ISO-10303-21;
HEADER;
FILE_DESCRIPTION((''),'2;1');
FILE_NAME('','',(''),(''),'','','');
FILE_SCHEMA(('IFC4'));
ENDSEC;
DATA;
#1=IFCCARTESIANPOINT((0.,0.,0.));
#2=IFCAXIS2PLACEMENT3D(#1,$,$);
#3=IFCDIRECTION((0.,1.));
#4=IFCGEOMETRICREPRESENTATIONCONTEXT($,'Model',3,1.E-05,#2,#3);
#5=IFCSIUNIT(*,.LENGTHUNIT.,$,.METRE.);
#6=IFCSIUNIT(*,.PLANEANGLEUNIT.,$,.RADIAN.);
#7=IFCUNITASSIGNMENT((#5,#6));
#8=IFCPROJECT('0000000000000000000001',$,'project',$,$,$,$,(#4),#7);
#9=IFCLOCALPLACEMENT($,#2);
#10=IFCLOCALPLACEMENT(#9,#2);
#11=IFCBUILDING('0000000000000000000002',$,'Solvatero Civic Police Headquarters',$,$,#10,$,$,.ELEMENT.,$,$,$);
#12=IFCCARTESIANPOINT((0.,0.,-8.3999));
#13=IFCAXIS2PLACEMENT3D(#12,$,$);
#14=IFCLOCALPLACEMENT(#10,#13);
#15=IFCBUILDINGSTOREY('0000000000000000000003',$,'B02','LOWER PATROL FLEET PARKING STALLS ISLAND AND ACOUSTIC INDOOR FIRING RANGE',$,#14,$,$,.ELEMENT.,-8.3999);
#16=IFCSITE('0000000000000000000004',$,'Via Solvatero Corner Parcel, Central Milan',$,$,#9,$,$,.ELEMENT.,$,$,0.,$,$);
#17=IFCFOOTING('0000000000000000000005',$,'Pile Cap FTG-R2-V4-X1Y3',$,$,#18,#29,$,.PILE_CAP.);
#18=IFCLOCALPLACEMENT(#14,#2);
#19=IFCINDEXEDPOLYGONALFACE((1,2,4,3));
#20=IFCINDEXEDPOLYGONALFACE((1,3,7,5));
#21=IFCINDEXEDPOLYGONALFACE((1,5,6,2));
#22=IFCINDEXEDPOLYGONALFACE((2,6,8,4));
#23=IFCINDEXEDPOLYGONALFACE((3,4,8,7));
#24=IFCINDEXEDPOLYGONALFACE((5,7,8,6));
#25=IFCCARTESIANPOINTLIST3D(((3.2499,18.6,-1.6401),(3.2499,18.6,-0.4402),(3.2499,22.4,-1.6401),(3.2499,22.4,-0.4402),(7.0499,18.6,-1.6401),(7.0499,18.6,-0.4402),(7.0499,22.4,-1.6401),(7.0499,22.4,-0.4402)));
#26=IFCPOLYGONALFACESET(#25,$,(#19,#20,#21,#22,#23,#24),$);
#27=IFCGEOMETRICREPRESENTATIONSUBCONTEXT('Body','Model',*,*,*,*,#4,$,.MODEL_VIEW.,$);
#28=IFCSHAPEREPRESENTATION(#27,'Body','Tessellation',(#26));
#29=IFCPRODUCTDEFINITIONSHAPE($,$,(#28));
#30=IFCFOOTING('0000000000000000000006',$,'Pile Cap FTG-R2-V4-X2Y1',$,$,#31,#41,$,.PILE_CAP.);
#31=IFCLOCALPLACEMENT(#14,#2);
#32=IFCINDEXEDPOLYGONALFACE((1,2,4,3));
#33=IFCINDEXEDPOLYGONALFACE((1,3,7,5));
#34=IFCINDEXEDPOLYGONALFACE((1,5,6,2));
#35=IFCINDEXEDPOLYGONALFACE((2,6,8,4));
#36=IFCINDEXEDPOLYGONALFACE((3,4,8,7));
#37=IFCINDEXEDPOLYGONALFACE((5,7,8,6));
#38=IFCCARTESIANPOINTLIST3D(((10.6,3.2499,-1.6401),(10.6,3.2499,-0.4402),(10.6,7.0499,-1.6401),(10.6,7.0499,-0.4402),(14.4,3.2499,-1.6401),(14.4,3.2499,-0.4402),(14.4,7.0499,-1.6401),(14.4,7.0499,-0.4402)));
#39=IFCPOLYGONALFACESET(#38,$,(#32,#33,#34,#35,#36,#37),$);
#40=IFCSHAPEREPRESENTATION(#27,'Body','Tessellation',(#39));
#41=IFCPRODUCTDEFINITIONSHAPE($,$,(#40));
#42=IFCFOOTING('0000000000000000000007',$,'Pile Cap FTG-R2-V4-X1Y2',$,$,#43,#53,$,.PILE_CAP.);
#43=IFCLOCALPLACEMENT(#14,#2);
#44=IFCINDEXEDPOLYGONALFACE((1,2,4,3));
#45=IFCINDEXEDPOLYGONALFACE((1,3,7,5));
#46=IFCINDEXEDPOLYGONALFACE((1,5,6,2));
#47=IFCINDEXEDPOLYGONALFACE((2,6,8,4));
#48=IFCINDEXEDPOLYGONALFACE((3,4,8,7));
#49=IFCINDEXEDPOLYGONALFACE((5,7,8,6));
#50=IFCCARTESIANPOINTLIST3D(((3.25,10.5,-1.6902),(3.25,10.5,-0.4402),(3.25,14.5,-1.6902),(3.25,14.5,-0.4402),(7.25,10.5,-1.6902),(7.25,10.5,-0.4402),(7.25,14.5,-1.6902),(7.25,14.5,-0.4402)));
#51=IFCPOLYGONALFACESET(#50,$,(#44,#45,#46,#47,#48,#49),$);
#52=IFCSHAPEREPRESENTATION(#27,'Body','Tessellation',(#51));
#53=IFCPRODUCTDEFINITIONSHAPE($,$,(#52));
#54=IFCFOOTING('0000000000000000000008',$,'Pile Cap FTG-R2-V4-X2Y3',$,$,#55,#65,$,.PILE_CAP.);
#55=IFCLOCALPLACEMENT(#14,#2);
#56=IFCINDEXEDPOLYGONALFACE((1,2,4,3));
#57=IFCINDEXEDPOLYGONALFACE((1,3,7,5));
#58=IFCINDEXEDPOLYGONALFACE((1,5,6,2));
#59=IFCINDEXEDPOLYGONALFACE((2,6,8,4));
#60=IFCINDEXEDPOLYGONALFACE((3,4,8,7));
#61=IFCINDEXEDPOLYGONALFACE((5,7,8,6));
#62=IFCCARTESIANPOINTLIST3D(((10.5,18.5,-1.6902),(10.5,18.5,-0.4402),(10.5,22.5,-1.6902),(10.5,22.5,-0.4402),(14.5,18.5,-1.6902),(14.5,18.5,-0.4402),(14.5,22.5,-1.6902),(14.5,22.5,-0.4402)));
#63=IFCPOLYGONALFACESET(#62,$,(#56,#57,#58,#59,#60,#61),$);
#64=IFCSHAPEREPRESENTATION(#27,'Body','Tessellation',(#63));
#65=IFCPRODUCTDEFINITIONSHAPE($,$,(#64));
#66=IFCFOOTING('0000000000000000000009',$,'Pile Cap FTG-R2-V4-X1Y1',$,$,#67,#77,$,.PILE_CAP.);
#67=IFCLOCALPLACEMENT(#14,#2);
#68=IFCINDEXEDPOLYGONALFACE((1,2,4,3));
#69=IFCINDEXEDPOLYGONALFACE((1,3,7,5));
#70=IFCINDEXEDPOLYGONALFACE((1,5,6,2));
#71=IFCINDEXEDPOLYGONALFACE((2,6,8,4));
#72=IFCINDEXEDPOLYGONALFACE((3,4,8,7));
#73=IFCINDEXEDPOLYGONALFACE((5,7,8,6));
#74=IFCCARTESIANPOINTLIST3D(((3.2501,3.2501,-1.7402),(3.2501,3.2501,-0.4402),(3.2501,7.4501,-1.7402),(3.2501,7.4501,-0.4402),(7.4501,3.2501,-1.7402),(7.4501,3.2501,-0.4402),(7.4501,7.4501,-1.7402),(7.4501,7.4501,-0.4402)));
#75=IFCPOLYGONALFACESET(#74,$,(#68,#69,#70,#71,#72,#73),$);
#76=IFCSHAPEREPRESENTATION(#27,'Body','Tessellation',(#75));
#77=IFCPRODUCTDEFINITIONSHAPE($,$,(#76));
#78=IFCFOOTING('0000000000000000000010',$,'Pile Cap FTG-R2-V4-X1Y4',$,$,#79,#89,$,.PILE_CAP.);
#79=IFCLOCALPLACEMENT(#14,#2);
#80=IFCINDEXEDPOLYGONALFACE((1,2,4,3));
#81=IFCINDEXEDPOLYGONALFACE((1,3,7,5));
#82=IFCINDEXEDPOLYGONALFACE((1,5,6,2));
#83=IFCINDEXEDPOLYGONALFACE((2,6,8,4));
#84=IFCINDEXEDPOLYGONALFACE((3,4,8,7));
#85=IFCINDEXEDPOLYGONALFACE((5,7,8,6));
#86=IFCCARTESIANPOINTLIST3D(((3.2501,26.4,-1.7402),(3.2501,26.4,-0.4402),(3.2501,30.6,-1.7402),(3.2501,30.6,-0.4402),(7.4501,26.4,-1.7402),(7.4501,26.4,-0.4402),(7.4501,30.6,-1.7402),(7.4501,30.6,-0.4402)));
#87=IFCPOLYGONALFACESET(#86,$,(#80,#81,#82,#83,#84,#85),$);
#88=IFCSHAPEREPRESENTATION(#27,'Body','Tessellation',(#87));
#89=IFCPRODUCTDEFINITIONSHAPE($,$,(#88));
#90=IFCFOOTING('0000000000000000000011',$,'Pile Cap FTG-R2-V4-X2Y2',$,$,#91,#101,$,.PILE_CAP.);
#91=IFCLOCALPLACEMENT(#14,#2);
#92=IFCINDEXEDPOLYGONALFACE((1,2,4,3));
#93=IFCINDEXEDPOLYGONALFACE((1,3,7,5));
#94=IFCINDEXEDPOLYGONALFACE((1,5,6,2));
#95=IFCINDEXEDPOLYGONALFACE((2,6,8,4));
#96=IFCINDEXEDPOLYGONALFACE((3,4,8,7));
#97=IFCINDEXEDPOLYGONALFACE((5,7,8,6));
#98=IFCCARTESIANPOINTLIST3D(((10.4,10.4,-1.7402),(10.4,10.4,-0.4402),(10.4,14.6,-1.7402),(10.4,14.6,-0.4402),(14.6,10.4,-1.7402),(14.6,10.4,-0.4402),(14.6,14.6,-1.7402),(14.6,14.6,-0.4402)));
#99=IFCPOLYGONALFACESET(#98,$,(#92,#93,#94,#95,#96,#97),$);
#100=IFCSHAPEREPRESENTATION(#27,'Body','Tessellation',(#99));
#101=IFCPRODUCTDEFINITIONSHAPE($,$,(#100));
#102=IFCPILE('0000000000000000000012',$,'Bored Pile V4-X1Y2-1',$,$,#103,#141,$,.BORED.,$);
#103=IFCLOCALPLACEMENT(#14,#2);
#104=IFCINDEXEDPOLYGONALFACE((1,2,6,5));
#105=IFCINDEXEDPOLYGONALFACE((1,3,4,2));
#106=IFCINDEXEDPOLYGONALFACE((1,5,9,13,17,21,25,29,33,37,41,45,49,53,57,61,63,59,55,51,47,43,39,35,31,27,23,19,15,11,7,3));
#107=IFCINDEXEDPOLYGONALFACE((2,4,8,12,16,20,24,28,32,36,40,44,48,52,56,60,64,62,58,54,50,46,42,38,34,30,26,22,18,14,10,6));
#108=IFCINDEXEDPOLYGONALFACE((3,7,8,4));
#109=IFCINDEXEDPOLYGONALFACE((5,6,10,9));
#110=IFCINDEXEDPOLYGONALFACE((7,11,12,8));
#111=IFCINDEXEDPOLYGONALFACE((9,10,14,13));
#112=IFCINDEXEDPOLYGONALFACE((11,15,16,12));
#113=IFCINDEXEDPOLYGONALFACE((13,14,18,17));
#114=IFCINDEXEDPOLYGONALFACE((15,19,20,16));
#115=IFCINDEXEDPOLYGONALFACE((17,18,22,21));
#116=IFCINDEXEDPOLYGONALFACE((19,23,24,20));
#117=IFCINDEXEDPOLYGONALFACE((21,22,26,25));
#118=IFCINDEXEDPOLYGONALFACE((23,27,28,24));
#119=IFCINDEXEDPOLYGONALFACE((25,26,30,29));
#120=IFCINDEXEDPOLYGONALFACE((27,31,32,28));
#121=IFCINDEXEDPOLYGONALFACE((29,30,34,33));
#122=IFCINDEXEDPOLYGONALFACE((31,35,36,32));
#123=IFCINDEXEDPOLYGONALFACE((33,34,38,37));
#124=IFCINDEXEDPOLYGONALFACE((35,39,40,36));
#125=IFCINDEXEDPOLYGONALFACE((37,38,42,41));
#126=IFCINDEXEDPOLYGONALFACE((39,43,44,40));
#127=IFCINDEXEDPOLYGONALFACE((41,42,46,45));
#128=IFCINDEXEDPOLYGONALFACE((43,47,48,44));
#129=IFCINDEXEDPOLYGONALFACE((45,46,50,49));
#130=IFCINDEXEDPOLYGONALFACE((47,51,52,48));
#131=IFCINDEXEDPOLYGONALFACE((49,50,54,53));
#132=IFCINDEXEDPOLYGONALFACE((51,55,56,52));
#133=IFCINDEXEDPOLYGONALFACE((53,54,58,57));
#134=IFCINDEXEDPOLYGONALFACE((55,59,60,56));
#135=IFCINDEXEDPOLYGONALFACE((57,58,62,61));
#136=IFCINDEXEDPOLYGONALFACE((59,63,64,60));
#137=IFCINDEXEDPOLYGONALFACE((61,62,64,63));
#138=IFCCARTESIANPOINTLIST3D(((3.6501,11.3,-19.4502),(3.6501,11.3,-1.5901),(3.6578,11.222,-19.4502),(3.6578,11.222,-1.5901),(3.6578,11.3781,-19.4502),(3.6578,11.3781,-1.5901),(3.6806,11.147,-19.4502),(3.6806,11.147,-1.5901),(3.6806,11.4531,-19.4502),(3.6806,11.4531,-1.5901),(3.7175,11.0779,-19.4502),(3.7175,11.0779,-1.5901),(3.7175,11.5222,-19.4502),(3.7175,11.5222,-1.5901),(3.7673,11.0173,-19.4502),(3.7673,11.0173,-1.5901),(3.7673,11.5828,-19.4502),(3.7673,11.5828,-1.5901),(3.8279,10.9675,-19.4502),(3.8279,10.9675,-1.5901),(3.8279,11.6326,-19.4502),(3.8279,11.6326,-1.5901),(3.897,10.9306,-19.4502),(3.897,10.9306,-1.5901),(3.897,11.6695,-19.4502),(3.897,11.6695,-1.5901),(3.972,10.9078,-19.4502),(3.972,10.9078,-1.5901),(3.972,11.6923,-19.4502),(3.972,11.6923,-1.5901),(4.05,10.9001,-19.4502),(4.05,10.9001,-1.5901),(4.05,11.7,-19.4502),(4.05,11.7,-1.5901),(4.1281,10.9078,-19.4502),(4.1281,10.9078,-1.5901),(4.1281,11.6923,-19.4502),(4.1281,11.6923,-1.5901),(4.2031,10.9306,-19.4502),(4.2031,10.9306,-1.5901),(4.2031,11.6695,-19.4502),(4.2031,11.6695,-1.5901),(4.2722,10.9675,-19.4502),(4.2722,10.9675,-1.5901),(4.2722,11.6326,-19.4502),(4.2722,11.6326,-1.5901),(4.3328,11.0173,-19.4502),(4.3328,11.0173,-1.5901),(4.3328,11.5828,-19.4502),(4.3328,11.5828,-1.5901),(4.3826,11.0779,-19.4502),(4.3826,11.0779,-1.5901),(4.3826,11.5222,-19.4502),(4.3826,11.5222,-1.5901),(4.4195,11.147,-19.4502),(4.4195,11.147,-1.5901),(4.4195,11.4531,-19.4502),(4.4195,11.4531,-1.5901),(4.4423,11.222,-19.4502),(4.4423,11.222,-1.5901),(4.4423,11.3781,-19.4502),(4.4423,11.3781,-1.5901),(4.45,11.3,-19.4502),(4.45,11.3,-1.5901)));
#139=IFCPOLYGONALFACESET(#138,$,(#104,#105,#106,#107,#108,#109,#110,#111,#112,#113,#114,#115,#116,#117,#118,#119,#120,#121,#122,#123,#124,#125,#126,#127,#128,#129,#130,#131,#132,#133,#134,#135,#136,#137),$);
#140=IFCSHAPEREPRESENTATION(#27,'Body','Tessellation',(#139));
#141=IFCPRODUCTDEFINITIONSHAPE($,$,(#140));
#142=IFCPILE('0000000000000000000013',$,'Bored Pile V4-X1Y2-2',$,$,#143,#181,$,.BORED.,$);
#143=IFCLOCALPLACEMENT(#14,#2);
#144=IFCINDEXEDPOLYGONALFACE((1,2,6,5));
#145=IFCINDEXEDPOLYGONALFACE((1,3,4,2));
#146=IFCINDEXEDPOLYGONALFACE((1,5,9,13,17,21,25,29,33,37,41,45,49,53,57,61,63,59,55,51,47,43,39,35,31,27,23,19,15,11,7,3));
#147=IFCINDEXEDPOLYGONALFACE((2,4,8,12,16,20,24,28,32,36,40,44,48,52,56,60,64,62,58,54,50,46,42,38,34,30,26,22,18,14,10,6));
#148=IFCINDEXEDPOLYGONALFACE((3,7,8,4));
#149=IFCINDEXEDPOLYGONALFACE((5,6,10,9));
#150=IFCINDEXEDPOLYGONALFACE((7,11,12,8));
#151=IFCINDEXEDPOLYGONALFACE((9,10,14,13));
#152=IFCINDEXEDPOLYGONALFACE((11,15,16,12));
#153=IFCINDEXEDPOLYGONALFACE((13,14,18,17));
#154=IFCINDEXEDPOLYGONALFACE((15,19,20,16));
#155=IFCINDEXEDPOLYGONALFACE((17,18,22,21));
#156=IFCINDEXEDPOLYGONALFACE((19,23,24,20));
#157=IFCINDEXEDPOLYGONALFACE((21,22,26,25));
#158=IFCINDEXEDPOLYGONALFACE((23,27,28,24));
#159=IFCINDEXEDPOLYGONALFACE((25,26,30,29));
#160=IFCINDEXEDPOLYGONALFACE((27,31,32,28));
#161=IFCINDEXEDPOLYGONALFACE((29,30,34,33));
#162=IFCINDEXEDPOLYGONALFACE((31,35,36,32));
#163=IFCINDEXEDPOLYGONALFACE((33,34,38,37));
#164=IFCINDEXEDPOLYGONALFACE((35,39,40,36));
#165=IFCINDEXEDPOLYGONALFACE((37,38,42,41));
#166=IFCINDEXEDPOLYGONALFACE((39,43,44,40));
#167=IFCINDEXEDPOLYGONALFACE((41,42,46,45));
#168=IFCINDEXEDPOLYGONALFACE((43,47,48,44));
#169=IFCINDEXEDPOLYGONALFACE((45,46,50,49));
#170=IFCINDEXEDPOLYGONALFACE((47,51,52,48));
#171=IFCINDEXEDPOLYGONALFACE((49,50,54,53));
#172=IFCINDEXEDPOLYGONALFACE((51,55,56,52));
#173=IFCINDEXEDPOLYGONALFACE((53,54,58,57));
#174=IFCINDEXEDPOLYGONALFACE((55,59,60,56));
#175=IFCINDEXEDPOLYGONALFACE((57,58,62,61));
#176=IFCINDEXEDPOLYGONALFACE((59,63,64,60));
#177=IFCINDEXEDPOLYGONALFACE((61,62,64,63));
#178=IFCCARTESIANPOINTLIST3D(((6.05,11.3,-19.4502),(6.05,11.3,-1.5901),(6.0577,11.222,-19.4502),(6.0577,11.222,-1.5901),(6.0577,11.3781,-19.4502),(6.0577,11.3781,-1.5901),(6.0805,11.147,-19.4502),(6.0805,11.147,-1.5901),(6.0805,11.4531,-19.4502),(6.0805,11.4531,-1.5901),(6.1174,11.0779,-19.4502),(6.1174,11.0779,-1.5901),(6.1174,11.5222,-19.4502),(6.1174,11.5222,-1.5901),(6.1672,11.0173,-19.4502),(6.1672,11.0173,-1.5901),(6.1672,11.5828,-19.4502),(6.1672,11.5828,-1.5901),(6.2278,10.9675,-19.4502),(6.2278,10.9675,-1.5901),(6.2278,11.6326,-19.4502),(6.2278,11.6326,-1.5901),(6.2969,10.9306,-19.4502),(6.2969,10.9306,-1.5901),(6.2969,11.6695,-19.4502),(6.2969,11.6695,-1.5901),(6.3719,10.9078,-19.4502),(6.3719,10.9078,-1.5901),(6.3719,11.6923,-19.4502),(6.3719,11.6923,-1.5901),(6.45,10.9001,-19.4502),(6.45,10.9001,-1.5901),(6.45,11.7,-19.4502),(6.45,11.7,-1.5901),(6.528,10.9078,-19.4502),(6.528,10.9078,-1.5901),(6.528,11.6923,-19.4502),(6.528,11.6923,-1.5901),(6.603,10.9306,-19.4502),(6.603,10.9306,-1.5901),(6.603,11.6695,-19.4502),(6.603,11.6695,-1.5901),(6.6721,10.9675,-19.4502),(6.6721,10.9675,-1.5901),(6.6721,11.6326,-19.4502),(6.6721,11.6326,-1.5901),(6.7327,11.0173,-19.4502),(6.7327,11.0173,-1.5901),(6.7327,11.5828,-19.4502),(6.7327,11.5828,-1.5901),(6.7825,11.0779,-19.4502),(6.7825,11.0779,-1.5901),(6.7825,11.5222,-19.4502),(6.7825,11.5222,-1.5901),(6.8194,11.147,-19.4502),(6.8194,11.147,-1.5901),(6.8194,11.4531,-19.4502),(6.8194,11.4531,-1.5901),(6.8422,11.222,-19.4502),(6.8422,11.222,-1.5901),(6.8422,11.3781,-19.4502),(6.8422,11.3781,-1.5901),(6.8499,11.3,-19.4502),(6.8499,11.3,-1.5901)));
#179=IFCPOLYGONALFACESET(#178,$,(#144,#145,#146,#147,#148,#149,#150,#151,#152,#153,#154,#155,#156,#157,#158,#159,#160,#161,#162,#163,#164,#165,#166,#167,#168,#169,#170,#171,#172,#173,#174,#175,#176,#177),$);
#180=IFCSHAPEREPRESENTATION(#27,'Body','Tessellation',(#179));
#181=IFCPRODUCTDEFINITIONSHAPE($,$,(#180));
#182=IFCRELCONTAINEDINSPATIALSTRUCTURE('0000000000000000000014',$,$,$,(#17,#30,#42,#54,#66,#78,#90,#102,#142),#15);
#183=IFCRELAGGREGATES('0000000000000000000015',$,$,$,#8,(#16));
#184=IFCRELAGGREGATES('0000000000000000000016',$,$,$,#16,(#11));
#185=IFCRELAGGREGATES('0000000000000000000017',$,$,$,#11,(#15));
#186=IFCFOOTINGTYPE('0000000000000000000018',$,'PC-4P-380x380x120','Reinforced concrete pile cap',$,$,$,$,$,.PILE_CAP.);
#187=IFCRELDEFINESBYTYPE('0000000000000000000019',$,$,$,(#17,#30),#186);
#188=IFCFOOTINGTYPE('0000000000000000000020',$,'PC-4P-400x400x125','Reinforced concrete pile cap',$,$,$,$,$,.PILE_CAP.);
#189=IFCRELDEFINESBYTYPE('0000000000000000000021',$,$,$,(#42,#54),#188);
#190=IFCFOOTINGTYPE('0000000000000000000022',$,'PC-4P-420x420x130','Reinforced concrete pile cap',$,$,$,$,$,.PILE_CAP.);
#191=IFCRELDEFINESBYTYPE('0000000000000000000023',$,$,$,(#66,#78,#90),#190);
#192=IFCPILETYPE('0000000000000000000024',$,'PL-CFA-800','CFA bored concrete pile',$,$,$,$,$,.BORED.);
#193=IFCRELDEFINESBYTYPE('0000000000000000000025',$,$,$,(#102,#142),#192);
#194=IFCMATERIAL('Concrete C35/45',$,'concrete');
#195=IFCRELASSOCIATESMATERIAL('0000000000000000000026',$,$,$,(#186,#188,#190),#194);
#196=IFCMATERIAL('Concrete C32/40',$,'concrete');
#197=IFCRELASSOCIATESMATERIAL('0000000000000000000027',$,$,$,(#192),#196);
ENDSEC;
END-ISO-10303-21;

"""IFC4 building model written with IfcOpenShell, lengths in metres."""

from ifc_helpers import new_model, si_unit, direction, frame, origin, origin_2d, place, context, subcontext, project, spatial, rectangle, circle, extrude, material, material_profile, profile_set, type_object, element, save


model = new_model("IFC4")

# Units and contexts
model_context = context("Model", 3, precision=1e-05, world=origin(), true_north=direction((0.0, 1.0)))
body_context = subcontext(model_context, "Body", "Model", "MODEL_VIEW")
ifc_project = project(units=[si_unit("LENGTHUNIT", "METRE"), si_unit("PLANEANGLEUNIT", "RADIAN")], contexts=[model_context])

# Site, building, storey
site_placement = place(None, origin())
site = spatial("IfcSite", under=ifc_project, at=site_placement, Name="Via Solvatero Corner Parcel, Central Milan", CompositionType="ELEMENT", RefElevation=0.0)
building_placement = place(site_placement, origin())
building = spatial("IfcBuilding", under=site, at=building_placement, Name="Solvatero Civic Police Headquarters", CompositionType="ELEMENT")
storey_placement = place(building_placement, frame((0.0, 0.0, -8.3999)))
storey = spatial("IfcBuildingStorey", under=building, at=storey_placement, Name="B02", Description="LOWER PATROL FLEET PARKING STALLS ISLAND AND ACOUSTIC INDOOR FIRING RANGE", CompositionType="ELEMENT", Elevation=-8.3999)

# Footings
ifc_material_1 = material(Name="Concrete C35/45", Category="concrete")
footing_type_1 = type_object("IfcFootingType", Name="PC-4P-380x380x120", Description="Reinforced concrete pile cap", PredefinedType="PILE_CAP", material=ifc_material_1)
for number, where, z_axis, x_axis, name in (
    (1, (5.1499, 20.5, -1.6401), (0.0, 0.0, 1.0), (1.0, 0.0, 0.0), "Pile Cap FTG-R2-V4-X1Y3"),
    (2, (12.5, 5.1499, -1.6401), (0.0, 0.0, 1.0), (1.0, 0.0, 0.0), "Pile Cap FTG-R2-V4-X2Y1"),
):
    element("IfcFooting", number, at=place(storey_placement, frame(where, z_axis=z_axis, x_axis=x_axis)), inside=storey, type_object=footing_type_1, Name=name, PredefinedType="PILE_CAP", context=body_context, shape_type="SweptSolid", body=[
        extrude(rectangle(XDim=3.8, YDim=3.8, at=origin_2d()), origin(), (0.0, 0.0, 1.0), 1.2),
    ])
footing_type_2 = type_object("IfcFootingType", Name="PC-4P-400x400x125", Description="Reinforced concrete pile cap", PredefinedType="PILE_CAP", material=ifc_material_1)
for number, where, z_axis, x_axis, name in (
    (3, (5.25, 12.5, -1.6902), (0.0, 0.0, 1.0), (1.0, 0.0, 0.0), "Pile Cap FTG-R2-V4-X1Y2"),
    (4, (12.5, 20.5, -1.6902), (0.0, 0.0, 1.0), (1.0, 0.0, 0.0), "Pile Cap FTG-R2-V4-X2Y3"),
):
    element("IfcFooting", number, at=place(storey_placement, frame(where, z_axis=z_axis, x_axis=x_axis)), inside=storey, type_object=footing_type_2, Name=name, PredefinedType="PILE_CAP", context=body_context, shape_type="SweptSolid", body=[
        extrude(rectangle(XDim=4.0, YDim=4.0, at=origin_2d()), origin(), (0.0, 0.0, 1.0), 1.25),
    ])
footing_type_3 = type_object("IfcFootingType", Name="PC-4P-420x420x130", Description="Reinforced concrete pile cap", PredefinedType="PILE_CAP", material=ifc_material_1)
for number, where, z_axis, x_axis, name in (
    (5, (5.3501, 5.3501, -1.7402), (0.0, 0.0, 1.0), (1.0, 0.0, 0.0), "Pile Cap FTG-R2-V4-X1Y1"),
    (6, (5.3501, 28.5, -1.7402), (0.0, 0.0, 1.0), (1.0, 0.0, 0.0), "Pile Cap FTG-R2-V4-X1Y4"),
    (7, (12.5, 12.5, -1.7402), (0.0, 0.0, 1.0), (1.0, 0.0, 0.0), "Pile Cap FTG-R2-V4-X2Y2"),
):
    element("IfcFooting", number, at=place(storey_placement, frame(where, z_axis=z_axis, x_axis=x_axis)), inside=storey, type_object=footing_type_3, Name=name, PredefinedType="PILE_CAP", context=body_context, shape_type="SweptSolid", body=[
        extrude(rectangle(XDim=4.2, YDim=4.2, at=origin_2d()), origin(), (0.0, 0.0, 1.0), 1.3),
    ])

# Piles
ifc_material_2 = material(Name="Concrete C32/40", Category="concrete")
ifc_material_profile_1 = material_profile(ifc_material_2, circle(Radius=0.3999, at=origin_2d()), Name="CFA PILE D800")
ifc_profile_set_1 = profile_set([ifc_material_profile_1], Name="Concrete C32/40")
pile_type_1 = type_object("IfcPileType", Name="PL-CFA-800", Description="CFA bored concrete pile", PredefinedType="BORED", material=ifc_profile_set_1)
for number, where, z_axis, x_axis, name in (
    (8, (4.05, 11.3, -1.5901), (0.0, 0.0, -1.0), (1.0, 0.0, 0.0), "Bored Pile V4-X1Y2-1"),
    (9, (6.45, 11.3, -1.5901), (0.0, 0.0, -1.0), (1.0, 0.0, 0.0), "Bored Pile V4-X1Y2-2"),
):
    element("IfcPile", number, at=place(storey_placement, frame(where, z_axis=z_axis, x_axis=x_axis)), inside=storey, type_object=pile_type_1, Name=name, PredefinedType="BORED", context=body_context, shape_type="SweptSolid", body=[
        extrude(circle(Radius=0.3999, at=origin_2d()), origin(), (0.0, 0.0, 1.0), 17.8601),
    ])

save(model, "model.ifc")
